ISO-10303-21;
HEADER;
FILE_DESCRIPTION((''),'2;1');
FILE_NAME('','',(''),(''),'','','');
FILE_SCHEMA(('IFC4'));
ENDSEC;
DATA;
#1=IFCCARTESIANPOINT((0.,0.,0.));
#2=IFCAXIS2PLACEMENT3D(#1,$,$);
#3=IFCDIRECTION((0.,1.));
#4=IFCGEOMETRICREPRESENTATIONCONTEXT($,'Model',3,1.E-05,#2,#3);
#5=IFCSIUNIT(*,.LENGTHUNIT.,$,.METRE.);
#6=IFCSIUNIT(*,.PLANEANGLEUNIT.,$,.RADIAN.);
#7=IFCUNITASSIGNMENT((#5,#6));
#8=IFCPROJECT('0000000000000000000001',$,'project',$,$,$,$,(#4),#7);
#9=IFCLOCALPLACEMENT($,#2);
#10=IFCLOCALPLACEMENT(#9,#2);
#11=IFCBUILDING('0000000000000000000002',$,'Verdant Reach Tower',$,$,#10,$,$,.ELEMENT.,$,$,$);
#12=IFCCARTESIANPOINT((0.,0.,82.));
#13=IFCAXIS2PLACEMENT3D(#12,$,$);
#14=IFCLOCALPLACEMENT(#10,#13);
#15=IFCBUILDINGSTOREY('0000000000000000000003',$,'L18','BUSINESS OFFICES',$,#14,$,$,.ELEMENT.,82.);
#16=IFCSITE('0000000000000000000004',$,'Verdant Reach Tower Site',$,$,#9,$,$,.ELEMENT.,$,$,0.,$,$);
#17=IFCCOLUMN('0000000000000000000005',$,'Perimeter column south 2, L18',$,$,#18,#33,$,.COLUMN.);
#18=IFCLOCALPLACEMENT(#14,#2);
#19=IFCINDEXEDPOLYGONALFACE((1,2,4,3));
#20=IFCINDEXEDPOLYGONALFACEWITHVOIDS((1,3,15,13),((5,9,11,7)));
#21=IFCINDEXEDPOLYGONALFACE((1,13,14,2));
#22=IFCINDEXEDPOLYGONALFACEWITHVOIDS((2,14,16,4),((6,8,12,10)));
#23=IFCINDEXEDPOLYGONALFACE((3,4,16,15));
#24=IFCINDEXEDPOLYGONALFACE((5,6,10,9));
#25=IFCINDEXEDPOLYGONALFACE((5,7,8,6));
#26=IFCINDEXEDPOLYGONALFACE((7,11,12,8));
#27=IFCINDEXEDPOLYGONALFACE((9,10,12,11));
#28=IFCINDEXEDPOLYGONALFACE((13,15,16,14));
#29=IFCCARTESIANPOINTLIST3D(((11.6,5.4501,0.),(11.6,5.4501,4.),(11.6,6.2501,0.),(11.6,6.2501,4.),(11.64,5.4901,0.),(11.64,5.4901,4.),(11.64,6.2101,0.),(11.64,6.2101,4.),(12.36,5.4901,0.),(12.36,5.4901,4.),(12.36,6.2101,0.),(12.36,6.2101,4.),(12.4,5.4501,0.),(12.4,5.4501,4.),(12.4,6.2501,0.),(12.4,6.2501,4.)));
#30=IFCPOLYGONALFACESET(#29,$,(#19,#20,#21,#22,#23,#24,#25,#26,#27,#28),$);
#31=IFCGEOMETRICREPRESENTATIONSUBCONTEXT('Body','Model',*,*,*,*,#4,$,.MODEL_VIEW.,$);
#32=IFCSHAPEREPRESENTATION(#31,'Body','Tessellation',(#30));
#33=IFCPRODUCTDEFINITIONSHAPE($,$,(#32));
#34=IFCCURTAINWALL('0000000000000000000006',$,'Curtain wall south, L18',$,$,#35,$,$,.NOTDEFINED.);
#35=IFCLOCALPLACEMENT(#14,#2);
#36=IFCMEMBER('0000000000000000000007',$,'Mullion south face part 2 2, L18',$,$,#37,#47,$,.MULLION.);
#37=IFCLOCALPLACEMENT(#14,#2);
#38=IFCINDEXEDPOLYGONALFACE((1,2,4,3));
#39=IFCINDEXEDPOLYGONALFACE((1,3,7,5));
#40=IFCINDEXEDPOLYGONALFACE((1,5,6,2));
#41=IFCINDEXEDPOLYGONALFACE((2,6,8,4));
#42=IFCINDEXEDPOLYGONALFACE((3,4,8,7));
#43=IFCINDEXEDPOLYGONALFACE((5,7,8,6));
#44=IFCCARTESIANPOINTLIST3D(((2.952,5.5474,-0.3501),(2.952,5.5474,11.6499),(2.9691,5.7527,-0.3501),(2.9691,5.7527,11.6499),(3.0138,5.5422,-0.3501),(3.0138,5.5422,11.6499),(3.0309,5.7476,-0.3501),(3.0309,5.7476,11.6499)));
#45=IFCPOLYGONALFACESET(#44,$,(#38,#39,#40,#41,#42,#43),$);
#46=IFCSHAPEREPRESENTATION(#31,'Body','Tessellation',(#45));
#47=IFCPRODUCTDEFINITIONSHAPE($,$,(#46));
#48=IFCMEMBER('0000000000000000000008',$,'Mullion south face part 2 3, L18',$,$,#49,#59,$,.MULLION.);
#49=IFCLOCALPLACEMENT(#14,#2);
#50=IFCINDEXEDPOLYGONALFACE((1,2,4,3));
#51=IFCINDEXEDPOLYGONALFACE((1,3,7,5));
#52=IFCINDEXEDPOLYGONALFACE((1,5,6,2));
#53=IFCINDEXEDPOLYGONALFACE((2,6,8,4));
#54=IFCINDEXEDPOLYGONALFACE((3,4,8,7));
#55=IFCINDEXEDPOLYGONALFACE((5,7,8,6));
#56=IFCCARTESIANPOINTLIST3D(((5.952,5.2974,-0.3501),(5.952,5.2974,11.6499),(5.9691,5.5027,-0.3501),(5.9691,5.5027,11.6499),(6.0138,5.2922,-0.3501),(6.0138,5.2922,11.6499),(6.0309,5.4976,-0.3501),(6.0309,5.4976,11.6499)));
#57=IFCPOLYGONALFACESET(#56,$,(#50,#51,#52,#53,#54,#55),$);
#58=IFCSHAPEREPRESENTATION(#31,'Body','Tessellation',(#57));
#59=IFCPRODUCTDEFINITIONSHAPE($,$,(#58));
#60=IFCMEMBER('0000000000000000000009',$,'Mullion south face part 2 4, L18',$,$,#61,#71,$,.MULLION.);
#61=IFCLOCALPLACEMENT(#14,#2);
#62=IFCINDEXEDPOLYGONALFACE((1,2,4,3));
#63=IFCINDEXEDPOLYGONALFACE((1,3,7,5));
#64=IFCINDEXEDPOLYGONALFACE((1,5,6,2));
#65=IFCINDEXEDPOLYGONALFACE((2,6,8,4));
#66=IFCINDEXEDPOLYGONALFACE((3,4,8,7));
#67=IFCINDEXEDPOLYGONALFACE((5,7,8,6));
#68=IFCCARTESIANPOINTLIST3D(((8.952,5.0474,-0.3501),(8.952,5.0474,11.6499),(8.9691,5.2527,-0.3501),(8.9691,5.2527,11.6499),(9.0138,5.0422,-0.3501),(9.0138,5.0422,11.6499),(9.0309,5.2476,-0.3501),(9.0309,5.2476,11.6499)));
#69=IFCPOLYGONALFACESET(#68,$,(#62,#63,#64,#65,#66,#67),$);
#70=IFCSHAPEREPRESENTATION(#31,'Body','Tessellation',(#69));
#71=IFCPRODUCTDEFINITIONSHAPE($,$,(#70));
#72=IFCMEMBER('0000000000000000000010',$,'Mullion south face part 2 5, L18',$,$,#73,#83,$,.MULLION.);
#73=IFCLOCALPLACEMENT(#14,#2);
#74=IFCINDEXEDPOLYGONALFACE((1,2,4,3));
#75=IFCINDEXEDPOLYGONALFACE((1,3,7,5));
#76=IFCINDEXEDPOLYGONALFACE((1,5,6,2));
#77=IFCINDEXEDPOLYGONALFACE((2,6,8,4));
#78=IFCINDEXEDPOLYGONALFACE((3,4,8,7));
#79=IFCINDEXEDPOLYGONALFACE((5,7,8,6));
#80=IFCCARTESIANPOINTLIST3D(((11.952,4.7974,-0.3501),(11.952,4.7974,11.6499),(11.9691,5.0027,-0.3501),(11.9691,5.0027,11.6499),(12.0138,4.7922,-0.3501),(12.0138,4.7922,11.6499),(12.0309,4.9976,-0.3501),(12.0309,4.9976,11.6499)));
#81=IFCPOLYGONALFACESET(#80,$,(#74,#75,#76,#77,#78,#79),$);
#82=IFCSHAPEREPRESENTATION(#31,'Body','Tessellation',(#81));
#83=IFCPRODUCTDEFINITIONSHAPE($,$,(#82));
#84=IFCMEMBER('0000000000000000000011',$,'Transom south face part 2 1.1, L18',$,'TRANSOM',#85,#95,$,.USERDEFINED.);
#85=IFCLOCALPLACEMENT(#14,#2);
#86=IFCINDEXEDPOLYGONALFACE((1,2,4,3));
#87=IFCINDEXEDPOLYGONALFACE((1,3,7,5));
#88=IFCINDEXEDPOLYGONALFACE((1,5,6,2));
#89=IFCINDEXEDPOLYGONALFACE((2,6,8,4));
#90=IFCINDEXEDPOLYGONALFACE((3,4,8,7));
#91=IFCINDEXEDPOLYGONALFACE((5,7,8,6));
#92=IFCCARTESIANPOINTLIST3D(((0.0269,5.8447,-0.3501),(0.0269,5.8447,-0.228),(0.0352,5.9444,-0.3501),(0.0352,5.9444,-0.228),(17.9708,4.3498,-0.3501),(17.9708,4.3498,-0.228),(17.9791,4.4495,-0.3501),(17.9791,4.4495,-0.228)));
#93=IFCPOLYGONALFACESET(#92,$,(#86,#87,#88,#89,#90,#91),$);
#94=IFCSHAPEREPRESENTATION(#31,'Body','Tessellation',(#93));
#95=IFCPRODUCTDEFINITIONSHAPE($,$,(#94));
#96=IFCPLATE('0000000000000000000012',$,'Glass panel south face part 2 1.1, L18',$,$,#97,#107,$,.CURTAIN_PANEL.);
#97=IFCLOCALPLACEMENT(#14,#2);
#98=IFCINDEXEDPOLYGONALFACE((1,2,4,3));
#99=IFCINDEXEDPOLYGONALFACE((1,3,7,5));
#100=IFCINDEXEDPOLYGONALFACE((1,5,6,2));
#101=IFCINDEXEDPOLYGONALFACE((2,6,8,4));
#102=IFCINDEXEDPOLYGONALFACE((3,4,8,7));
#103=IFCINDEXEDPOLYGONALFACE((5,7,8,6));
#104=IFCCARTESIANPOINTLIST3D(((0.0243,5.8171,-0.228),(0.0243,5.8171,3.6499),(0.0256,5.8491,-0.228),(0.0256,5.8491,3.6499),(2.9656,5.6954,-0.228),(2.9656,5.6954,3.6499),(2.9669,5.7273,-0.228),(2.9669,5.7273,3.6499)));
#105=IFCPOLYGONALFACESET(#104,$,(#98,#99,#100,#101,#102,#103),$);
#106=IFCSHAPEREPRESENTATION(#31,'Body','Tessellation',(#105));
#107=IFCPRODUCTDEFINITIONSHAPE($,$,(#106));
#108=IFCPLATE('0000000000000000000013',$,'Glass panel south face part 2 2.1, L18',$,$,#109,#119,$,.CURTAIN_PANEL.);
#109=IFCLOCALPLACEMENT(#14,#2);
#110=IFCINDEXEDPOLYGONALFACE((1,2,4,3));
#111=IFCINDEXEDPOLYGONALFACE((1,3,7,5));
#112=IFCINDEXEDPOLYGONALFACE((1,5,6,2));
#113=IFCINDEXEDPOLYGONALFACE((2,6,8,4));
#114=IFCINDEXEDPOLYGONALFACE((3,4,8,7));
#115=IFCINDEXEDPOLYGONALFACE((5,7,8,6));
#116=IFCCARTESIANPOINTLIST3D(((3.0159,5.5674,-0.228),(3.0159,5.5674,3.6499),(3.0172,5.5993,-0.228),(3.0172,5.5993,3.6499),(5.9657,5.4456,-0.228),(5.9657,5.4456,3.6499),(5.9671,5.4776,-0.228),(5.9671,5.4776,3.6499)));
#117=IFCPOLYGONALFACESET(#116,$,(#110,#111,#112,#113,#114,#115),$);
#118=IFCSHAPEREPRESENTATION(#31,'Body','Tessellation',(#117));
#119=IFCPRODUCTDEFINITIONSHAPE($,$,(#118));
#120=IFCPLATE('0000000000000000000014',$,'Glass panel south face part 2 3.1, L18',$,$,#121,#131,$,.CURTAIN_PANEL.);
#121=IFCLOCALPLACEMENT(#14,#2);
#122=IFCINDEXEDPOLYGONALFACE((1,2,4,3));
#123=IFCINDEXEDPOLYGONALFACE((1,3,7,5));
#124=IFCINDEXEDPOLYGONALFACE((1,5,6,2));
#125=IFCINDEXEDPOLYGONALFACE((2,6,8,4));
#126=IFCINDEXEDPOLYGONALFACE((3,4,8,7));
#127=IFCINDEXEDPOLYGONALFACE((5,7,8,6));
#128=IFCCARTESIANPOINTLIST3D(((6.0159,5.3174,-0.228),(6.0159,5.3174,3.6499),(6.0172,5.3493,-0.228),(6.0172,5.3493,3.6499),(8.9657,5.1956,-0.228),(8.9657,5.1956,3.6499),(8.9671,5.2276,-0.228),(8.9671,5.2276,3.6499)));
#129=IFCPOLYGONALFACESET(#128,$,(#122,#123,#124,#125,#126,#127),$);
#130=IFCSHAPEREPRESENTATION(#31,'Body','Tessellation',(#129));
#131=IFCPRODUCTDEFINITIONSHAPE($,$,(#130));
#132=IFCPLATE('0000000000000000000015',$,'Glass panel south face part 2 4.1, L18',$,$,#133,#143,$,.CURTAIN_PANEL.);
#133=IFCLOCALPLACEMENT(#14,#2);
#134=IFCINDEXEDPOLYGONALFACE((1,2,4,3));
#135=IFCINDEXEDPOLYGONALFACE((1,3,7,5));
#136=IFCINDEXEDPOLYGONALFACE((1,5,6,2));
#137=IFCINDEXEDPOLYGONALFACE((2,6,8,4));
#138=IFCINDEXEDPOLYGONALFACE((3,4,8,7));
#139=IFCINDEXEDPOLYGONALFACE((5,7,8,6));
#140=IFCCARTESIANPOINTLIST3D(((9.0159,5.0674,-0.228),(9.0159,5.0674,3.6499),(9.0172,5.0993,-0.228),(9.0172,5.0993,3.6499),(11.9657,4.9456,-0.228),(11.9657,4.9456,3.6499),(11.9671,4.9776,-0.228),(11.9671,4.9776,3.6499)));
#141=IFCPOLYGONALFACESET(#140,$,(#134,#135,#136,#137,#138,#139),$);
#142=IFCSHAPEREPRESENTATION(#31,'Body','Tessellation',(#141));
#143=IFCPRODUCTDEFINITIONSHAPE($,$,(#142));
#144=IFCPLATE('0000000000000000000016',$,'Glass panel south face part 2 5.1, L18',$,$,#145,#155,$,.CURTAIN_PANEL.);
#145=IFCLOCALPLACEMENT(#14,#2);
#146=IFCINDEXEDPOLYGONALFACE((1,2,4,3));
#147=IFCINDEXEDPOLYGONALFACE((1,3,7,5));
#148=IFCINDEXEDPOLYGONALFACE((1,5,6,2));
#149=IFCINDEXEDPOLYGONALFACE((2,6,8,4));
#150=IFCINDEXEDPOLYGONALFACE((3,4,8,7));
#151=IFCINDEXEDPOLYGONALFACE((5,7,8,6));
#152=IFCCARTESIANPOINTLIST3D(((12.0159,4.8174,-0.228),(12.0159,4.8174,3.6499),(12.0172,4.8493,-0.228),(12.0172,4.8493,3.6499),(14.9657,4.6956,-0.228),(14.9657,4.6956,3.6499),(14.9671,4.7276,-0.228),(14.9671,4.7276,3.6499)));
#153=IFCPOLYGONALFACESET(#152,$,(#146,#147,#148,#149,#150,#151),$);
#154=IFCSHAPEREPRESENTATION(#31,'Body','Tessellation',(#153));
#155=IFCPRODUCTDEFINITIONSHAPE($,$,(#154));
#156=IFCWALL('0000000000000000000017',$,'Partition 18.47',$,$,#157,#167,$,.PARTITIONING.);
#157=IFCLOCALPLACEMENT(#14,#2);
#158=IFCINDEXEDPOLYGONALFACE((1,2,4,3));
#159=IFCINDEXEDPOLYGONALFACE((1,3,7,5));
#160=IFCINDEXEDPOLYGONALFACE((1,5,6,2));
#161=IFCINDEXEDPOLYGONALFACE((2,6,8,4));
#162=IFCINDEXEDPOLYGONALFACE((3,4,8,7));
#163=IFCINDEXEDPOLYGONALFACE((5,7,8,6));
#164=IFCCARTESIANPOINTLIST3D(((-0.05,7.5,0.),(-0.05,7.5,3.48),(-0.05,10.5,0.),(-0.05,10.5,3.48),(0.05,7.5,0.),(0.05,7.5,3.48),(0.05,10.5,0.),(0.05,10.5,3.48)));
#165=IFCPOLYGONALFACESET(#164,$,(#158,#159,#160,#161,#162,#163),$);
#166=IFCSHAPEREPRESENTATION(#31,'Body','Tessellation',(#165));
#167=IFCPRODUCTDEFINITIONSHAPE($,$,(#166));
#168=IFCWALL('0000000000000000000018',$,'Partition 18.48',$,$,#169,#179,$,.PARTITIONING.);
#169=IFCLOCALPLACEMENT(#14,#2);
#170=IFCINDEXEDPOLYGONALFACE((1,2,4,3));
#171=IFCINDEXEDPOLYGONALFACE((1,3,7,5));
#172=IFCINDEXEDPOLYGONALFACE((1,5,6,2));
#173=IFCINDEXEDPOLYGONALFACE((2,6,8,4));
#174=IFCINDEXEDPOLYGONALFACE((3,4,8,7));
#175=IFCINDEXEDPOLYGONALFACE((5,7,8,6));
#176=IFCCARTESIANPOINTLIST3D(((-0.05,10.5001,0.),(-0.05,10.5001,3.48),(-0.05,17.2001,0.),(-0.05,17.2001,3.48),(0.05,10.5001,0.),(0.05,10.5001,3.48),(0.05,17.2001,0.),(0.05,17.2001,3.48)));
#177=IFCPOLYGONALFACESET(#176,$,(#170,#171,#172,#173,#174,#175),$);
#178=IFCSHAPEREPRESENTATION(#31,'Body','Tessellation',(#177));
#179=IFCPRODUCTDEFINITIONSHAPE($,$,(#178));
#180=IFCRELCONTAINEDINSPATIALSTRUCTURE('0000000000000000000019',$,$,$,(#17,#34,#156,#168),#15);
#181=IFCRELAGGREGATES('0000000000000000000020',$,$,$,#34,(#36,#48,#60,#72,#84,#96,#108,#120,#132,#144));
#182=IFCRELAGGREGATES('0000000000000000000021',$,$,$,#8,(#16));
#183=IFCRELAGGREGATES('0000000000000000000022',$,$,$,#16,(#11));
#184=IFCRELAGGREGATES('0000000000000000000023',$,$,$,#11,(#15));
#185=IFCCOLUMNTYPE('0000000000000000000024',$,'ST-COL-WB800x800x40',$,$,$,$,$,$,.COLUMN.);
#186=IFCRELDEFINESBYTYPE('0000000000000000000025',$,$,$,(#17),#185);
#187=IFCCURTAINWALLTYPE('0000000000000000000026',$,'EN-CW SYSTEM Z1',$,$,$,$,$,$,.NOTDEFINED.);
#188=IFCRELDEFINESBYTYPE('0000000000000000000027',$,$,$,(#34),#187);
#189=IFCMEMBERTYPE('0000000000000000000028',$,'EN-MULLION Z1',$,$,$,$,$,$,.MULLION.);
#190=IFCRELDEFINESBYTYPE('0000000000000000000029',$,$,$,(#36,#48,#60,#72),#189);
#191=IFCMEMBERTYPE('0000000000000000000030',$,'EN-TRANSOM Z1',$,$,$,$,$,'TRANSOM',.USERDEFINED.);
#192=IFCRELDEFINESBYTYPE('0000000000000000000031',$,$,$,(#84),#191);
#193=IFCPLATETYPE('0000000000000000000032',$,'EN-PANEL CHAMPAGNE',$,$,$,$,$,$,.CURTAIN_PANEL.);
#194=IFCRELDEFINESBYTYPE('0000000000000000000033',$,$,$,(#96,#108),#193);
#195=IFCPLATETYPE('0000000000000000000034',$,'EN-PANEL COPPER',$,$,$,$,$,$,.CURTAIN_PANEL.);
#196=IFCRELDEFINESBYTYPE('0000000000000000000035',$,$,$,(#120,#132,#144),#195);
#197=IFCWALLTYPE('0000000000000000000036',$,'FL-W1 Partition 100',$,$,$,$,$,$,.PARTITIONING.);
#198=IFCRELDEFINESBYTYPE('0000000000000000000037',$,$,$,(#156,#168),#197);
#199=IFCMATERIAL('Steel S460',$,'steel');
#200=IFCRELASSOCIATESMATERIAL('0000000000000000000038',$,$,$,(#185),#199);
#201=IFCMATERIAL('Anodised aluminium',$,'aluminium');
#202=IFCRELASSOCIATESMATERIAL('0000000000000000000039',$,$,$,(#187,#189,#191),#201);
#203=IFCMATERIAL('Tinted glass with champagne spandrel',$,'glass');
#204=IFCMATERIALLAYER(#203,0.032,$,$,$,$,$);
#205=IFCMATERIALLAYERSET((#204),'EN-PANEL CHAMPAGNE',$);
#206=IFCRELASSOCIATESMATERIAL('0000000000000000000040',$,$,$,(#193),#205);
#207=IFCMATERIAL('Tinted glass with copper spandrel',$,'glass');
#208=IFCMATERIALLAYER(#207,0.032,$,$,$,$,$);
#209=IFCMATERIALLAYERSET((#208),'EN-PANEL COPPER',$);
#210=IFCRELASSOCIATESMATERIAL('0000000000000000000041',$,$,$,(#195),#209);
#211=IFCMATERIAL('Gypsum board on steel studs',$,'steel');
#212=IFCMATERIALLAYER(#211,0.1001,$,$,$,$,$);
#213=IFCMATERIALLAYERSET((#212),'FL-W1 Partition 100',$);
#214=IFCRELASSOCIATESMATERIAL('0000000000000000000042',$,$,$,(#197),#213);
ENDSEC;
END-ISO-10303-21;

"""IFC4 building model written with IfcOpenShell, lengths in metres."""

from ifc_helpers import new_model, si_unit, direction, frame, frame_2d, origin, origin_2d, place, context, subcontext, project, spatial, rectangle, hollow_rectangle, extrude, material, layer, layer_set, material_profile, profile_set, type_object, element, aggregate, save


model = new_model("IFC4")

# Units and contexts
model_context = context("Model", 3, precision=1e-05, world=origin(), true_north=direction((0.0, 1.0)))
body_context = subcontext(model_context, "Body", "Model", "MODEL_VIEW")
ifc_project = project(units=[si_unit("LENGTHUNIT", "METRE"), si_unit("PLANEANGLEUNIT", "RADIAN")], contexts=[model_context])

# Site, building, storey
site_placement = place(None, origin())
site = spatial("IfcSite", under=ifc_project, at=site_placement, Name="Verdant Reach Tower Site", CompositionType="ELEMENT", RefElevation=0.0)
building_placement = place(site_placement, origin())
building = spatial("IfcBuilding", under=site, at=building_placement, Name="Verdant Reach Tower", CompositionType="ELEMENT")
storey_placement = place(building_placement, frame((0.0, 0.0, 82.0)))
storey = spatial("IfcBuildingStorey", under=building, at=storey_placement, Name="L18", Description="BUSINESS OFFICES", CompositionType="ELEMENT", Elevation=82.0)

# Column
ifc_material_1 = material(Name="Steel S460", Category="steel")
ifc_material_profile_1 = material_profile(ifc_material_1, hollow_rectangle(XDim=0.8, YDim=0.8, WallThickness=0.04, at=origin_2d()), Name="WB 800x800x40")
ifc_profile_set_1 = profile_set([ifc_material_profile_1], Name="Steel S460")
column_type = type_object("IfcColumnType", Name="ST-COL-WB800x800x40", PredefinedType="COLUMN", material=ifc_profile_set_1)
column_placement = place(storey_placement, frame((12.0, 5.8501, 0.0), z_axis=(0.0, 0.0, 1.0), x_axis=(1.0, 0.0, 0.0)))
element("IfcColumn", 1, at=column_placement, inside=storey, type_object=column_type, Name="Perimeter column south 2, L18", PredefinedType="COLUMN", context=body_context, shape_type="SweptSolid", body=[
    extrude(hollow_rectangle(XDim=0.8, YDim=0.8, WallThickness=0.04, at=origin_2d()), origin(), (0.0, 0.0, 1.0), 4.0),
])

# Curtain wall, members, plates
ifc_material_2 = material(Name="Anodised aluminium", Category="aluminium")
curtain_wall_type = type_object("IfcCurtainWallType", Name="EN-CW SYSTEM Z1", PredefinedType="NOTDEFINED", material=ifc_material_2)
curtain_wall_placement = place(storey_placement, origin())
curtain_wall = element("IfcCurtainWall", 2, at=curtain_wall_placement, inside=storey, type_object=curtain_wall_type, Name="Curtain wall south, L18", PredefinedType="NOTDEFINED")
ifc_material_profile_2 = material_profile(ifc_material_2, rectangle(XDim=0.2061, YDim=0.062, at=origin_2d()), Name="Mullion 62x206")
ifc_profile_set_2 = profile_set([ifc_material_profile_2], Name="Anodised aluminium")
member_type_1 = type_object("IfcMemberType", Name="EN-MULLION Z1", PredefinedType="MULLION", material=ifc_profile_set_2)
member_1_placement = place(storey_placement, frame((2.9915, 5.6475, -0.3501), z_axis=(0.0, 0.0, 1.0), x_axis=(-0.083045, -0.996546, 0.0)))
member_1 = element("IfcMember", 3, at=member_1_placement, type_object=member_type_1, Name="Mullion south face part 2 2, L18", PredefinedType="MULLION", context=body_context, shape_type="SweptSolid", body=[
    extrude(rectangle(XDim=0.2061, YDim=0.062, at=origin_2d()), origin(), (0.0, 0.0, 1.0), 12.0),
])
member_2_placement = place(storey_placement, frame((5.9915, 5.3975, -0.3501), z_axis=(0.0, 0.0, 1.0), x_axis=(-0.083045, -0.996546, 0.0)))
member_2 = element("IfcMember", 4, at=member_2_placement, type_object=member_type_1, Name="Mullion south face part 2 3, L18", PredefinedType="MULLION", context=body_context, shape_type="SweptSolid", body=[
    extrude(rectangle(XDim=0.2061, YDim=0.062, at=origin_2d()), origin(), (0.0, 0.0, 1.0), 12.0),
])
member_3_placement = place(storey_placement, frame((8.9915, 5.1475, -0.3501), z_axis=(0.0, 0.0, 1.0), x_axis=(-0.083045, -0.996546, 0.0)))
member_3 = element("IfcMember", 5, at=member_3_placement, type_object=member_type_1, Name="Mullion south face part 2 4, L18", PredefinedType="MULLION", context=body_context, shape_type="SweptSolid", body=[
    extrude(rectangle(XDim=0.2061, YDim=0.062, at=origin_2d()), origin(), (0.0, 0.0, 1.0), 12.0),
])
member_4_placement = place(storey_placement, frame((11.9915, 4.8975, -0.3501), z_axis=(0.0, 0.0, 1.0), x_axis=(-0.083045, -0.996546, 0.0)))
member_4 = element("IfcMember", 6, at=member_4_placement, type_object=member_type_1, Name="Mullion south face part 2 5, L18", PredefinedType="MULLION", context=body_context, shape_type="SweptSolid", body=[
    extrude(rectangle(XDim=0.2061, YDim=0.062, at=origin_2d()), origin(), (0.0, 0.0, 1.0), 12.0),
])
ifc_material_profile_3 = material_profile(ifc_material_2, rectangle(XDim=0.1001, YDim=0.1221, at=origin_2d()), Name="Transom 122x100")
ifc_profile_set_3 = profile_set([ifc_material_profile_3], Name="Anodised aluminium")
member_type_2 = type_object("IfcMemberType", Name="EN-TRANSOM Z1", ElementType="TRANSOM", PredefinedType="USERDEFINED", material=ifc_profile_set_3)
member_5_placement = place(storey_placement, frame((0.031, 5.8945, -0.2891), z_axis=(0.996548, -0.083021, 0.0), x_axis=(0.083021, 0.996548, 0.0)))
member_5 = element("IfcMember", 7, at=member_5_placement, type_object=member_type_2, Name="Transom south face part 2 1.1, L18", ObjectType="TRANSOM", PredefinedType="USERDEFINED", context=body_context, shape_type="SweptSolid", body=[
    extrude(rectangle(XDim=0.1001, YDim=0.1221, at=origin_2d()), origin(), (0.0, 0.0, 1.0), 18.0061),
])
ifc_material_3 = material(Name="Tinted glass with champagne spandrel", Category="glass")
ifc_layer_1 = layer(ifc_material_3, 0.032)
ifc_layer_set_1 = layer_set([ifc_layer_1], Name="EN-PANEL CHAMPAGNE")
plate_type_1 = type_object("IfcPlateType", Name="EN-PANEL CHAMPAGNE", PredefinedType="CURTAIN_PANEL", material=ifc_layer_set_1)
plate_1_placement = place(storey_placement, frame((1.4956, 5.7722, -0.228), z_axis=(0.0, 0.0, 1.0), x_axis=(0.999144, -0.04136, 0.0)))
plate_1 = element("IfcPlate", 8, at=plate_1_placement, type_object=plate_type_1, Name="Glass panel south face part 2 1.1, L18", PredefinedType="CURTAIN_PANEL", context=body_context, shape_type="SweptSolid", body=[
    extrude(rectangle(XDim=2.9438, YDim=0.032, at=origin_2d()), origin(), (0.0, 0.0, 1.0), 3.8779),
])
plate_2_placement = place(storey_placement, frame((4.4915, 5.5225, -0.228), z_axis=(0.0, 0.0, 1.0), x_axis=(0.999149, -0.041242, 0.0)))
plate_2 = element("IfcPlate", 9, at=plate_2_placement, type_object=plate_type_1, Name="Glass panel south face part 2 2.1, L18", PredefinedType="CURTAIN_PANEL", context=body_context, shape_type="SweptSolid", body=[
    extrude(rectangle(XDim=2.9524, YDim=0.032, at=origin_2d()), origin(), (0.0, 0.0, 1.0), 3.8779),
])
ifc_material_4 = material(Name="Tinted glass with copper spandrel", Category="glass")
ifc_layer_2 = layer(ifc_material_4, 0.032)
ifc_layer_set_2 = layer_set([ifc_layer_2], Name="EN-PANEL COPPER")
plate_type_2 = type_object("IfcPlateType", Name="EN-PANEL COPPER", PredefinedType="CURTAIN_PANEL", material=ifc_layer_set_2)
plate_3_placement = place(storey_placement, frame((7.4915, 5.2725, -0.228), z_axis=(0.0, 0.0, 1.0), x_axis=(0.999149, -0.041242, 0.0)))
plate_3 = element("IfcPlate", 10, at=plate_3_placement, type_object=plate_type_2, Name="Glass panel south face part 2 3.1, L18", PredefinedType="CURTAIN_PANEL", context=body_context, shape_type="SweptSolid", body=[
    extrude(rectangle(XDim=2.9524, YDim=0.032, at=origin_2d()), origin(), (0.0, 0.0, 1.0), 3.8779),
])
plate_4_placement = place(storey_placement, frame((10.4915, 5.0225, -0.228), z_axis=(0.0, 0.0, 1.0), x_axis=(0.999149, -0.041242, 0.0)))
plate_4 = element("IfcPlate", 11, at=plate_4_placement, type_object=plate_type_2, Name="Glass panel south face part 2 4.1, L18", PredefinedType="CURTAIN_PANEL", context=body_context, shape_type="SweptSolid", body=[
    extrude(rectangle(XDim=2.9524, YDim=0.032, at=origin_2d()), origin(), (0.0, 0.0, 1.0), 3.8779),
])
plate_5_placement = place(storey_placement, frame((13.4915, 4.7725, -0.228), z_axis=(0.0, 0.0, 1.0), x_axis=(0.999149, -0.041242, 0.0)))
plate_5 = element("IfcPlate", 12, at=plate_5_placement, type_object=plate_type_2, Name="Glass panel south face part 2 5.1, L18", PredefinedType="CURTAIN_PANEL", context=body_context, shape_type="SweptSolid", body=[
    extrude(rectangle(XDim=2.9524, YDim=0.032, at=origin_2d()), origin(), (0.0, 0.0, 1.0), 3.8779),
])
aggregate(curtain_wall, [member_1, member_2, member_3, member_4, member_5, plate_1, plate_2, plate_3, plate_4, plate_5])

# Walls
ifc_material_5 = material(Name="Gypsum board on steel studs", Category="steel")
ifc_layer_3 = layer(ifc_material_5, 0.1001)
ifc_layer_set_3 = layer_set([ifc_layer_3], Name="FL-W1 Partition 100")
wall_type_1 = type_object("IfcWallType", Name="FL-W1 Partition 100", PredefinedType="PARTITIONING", material=ifc_layer_set_3)
wall_1_placement = place(storey_placement, frame((0.0, 7.5, 0.0), z_axis=(0.0, 0.0, 1.0), x_axis=(0.0, 1.0, 0.0)))
element("IfcWall", 13, at=wall_1_placement, inside=storey, type_object=wall_type_1, Name="Partition 18.47", PredefinedType="PARTITIONING", context=body_context, shape_type="SweptSolid", body=[
    extrude(rectangle(XDim=3.0, YDim=0.1001, at=frame_2d((1.5, 0.0))), origin(), (0.0, 0.0, 1.0), 3.48),
])
wall_2_placement = place(storey_placement, frame((0.0, 10.5, 0.0), z_axis=(0.0, 0.0, 1.0), x_axis=(0.0, 1.0, 0.0)))
element("IfcWall", 14, at=wall_2_placement, inside=storey, type_object=wall_type_1, Name="Partition 18.48", PredefinedType="PARTITIONING", context=body_context, shape_type="SweptSolid", body=[
    extrude(rectangle(XDim=6.7, YDim=0.1001, at=frame_2d((3.3501, 0.0))), origin(), (0.0, 0.0, 1.0), 3.48),
])

save(model, "model.ifc")
